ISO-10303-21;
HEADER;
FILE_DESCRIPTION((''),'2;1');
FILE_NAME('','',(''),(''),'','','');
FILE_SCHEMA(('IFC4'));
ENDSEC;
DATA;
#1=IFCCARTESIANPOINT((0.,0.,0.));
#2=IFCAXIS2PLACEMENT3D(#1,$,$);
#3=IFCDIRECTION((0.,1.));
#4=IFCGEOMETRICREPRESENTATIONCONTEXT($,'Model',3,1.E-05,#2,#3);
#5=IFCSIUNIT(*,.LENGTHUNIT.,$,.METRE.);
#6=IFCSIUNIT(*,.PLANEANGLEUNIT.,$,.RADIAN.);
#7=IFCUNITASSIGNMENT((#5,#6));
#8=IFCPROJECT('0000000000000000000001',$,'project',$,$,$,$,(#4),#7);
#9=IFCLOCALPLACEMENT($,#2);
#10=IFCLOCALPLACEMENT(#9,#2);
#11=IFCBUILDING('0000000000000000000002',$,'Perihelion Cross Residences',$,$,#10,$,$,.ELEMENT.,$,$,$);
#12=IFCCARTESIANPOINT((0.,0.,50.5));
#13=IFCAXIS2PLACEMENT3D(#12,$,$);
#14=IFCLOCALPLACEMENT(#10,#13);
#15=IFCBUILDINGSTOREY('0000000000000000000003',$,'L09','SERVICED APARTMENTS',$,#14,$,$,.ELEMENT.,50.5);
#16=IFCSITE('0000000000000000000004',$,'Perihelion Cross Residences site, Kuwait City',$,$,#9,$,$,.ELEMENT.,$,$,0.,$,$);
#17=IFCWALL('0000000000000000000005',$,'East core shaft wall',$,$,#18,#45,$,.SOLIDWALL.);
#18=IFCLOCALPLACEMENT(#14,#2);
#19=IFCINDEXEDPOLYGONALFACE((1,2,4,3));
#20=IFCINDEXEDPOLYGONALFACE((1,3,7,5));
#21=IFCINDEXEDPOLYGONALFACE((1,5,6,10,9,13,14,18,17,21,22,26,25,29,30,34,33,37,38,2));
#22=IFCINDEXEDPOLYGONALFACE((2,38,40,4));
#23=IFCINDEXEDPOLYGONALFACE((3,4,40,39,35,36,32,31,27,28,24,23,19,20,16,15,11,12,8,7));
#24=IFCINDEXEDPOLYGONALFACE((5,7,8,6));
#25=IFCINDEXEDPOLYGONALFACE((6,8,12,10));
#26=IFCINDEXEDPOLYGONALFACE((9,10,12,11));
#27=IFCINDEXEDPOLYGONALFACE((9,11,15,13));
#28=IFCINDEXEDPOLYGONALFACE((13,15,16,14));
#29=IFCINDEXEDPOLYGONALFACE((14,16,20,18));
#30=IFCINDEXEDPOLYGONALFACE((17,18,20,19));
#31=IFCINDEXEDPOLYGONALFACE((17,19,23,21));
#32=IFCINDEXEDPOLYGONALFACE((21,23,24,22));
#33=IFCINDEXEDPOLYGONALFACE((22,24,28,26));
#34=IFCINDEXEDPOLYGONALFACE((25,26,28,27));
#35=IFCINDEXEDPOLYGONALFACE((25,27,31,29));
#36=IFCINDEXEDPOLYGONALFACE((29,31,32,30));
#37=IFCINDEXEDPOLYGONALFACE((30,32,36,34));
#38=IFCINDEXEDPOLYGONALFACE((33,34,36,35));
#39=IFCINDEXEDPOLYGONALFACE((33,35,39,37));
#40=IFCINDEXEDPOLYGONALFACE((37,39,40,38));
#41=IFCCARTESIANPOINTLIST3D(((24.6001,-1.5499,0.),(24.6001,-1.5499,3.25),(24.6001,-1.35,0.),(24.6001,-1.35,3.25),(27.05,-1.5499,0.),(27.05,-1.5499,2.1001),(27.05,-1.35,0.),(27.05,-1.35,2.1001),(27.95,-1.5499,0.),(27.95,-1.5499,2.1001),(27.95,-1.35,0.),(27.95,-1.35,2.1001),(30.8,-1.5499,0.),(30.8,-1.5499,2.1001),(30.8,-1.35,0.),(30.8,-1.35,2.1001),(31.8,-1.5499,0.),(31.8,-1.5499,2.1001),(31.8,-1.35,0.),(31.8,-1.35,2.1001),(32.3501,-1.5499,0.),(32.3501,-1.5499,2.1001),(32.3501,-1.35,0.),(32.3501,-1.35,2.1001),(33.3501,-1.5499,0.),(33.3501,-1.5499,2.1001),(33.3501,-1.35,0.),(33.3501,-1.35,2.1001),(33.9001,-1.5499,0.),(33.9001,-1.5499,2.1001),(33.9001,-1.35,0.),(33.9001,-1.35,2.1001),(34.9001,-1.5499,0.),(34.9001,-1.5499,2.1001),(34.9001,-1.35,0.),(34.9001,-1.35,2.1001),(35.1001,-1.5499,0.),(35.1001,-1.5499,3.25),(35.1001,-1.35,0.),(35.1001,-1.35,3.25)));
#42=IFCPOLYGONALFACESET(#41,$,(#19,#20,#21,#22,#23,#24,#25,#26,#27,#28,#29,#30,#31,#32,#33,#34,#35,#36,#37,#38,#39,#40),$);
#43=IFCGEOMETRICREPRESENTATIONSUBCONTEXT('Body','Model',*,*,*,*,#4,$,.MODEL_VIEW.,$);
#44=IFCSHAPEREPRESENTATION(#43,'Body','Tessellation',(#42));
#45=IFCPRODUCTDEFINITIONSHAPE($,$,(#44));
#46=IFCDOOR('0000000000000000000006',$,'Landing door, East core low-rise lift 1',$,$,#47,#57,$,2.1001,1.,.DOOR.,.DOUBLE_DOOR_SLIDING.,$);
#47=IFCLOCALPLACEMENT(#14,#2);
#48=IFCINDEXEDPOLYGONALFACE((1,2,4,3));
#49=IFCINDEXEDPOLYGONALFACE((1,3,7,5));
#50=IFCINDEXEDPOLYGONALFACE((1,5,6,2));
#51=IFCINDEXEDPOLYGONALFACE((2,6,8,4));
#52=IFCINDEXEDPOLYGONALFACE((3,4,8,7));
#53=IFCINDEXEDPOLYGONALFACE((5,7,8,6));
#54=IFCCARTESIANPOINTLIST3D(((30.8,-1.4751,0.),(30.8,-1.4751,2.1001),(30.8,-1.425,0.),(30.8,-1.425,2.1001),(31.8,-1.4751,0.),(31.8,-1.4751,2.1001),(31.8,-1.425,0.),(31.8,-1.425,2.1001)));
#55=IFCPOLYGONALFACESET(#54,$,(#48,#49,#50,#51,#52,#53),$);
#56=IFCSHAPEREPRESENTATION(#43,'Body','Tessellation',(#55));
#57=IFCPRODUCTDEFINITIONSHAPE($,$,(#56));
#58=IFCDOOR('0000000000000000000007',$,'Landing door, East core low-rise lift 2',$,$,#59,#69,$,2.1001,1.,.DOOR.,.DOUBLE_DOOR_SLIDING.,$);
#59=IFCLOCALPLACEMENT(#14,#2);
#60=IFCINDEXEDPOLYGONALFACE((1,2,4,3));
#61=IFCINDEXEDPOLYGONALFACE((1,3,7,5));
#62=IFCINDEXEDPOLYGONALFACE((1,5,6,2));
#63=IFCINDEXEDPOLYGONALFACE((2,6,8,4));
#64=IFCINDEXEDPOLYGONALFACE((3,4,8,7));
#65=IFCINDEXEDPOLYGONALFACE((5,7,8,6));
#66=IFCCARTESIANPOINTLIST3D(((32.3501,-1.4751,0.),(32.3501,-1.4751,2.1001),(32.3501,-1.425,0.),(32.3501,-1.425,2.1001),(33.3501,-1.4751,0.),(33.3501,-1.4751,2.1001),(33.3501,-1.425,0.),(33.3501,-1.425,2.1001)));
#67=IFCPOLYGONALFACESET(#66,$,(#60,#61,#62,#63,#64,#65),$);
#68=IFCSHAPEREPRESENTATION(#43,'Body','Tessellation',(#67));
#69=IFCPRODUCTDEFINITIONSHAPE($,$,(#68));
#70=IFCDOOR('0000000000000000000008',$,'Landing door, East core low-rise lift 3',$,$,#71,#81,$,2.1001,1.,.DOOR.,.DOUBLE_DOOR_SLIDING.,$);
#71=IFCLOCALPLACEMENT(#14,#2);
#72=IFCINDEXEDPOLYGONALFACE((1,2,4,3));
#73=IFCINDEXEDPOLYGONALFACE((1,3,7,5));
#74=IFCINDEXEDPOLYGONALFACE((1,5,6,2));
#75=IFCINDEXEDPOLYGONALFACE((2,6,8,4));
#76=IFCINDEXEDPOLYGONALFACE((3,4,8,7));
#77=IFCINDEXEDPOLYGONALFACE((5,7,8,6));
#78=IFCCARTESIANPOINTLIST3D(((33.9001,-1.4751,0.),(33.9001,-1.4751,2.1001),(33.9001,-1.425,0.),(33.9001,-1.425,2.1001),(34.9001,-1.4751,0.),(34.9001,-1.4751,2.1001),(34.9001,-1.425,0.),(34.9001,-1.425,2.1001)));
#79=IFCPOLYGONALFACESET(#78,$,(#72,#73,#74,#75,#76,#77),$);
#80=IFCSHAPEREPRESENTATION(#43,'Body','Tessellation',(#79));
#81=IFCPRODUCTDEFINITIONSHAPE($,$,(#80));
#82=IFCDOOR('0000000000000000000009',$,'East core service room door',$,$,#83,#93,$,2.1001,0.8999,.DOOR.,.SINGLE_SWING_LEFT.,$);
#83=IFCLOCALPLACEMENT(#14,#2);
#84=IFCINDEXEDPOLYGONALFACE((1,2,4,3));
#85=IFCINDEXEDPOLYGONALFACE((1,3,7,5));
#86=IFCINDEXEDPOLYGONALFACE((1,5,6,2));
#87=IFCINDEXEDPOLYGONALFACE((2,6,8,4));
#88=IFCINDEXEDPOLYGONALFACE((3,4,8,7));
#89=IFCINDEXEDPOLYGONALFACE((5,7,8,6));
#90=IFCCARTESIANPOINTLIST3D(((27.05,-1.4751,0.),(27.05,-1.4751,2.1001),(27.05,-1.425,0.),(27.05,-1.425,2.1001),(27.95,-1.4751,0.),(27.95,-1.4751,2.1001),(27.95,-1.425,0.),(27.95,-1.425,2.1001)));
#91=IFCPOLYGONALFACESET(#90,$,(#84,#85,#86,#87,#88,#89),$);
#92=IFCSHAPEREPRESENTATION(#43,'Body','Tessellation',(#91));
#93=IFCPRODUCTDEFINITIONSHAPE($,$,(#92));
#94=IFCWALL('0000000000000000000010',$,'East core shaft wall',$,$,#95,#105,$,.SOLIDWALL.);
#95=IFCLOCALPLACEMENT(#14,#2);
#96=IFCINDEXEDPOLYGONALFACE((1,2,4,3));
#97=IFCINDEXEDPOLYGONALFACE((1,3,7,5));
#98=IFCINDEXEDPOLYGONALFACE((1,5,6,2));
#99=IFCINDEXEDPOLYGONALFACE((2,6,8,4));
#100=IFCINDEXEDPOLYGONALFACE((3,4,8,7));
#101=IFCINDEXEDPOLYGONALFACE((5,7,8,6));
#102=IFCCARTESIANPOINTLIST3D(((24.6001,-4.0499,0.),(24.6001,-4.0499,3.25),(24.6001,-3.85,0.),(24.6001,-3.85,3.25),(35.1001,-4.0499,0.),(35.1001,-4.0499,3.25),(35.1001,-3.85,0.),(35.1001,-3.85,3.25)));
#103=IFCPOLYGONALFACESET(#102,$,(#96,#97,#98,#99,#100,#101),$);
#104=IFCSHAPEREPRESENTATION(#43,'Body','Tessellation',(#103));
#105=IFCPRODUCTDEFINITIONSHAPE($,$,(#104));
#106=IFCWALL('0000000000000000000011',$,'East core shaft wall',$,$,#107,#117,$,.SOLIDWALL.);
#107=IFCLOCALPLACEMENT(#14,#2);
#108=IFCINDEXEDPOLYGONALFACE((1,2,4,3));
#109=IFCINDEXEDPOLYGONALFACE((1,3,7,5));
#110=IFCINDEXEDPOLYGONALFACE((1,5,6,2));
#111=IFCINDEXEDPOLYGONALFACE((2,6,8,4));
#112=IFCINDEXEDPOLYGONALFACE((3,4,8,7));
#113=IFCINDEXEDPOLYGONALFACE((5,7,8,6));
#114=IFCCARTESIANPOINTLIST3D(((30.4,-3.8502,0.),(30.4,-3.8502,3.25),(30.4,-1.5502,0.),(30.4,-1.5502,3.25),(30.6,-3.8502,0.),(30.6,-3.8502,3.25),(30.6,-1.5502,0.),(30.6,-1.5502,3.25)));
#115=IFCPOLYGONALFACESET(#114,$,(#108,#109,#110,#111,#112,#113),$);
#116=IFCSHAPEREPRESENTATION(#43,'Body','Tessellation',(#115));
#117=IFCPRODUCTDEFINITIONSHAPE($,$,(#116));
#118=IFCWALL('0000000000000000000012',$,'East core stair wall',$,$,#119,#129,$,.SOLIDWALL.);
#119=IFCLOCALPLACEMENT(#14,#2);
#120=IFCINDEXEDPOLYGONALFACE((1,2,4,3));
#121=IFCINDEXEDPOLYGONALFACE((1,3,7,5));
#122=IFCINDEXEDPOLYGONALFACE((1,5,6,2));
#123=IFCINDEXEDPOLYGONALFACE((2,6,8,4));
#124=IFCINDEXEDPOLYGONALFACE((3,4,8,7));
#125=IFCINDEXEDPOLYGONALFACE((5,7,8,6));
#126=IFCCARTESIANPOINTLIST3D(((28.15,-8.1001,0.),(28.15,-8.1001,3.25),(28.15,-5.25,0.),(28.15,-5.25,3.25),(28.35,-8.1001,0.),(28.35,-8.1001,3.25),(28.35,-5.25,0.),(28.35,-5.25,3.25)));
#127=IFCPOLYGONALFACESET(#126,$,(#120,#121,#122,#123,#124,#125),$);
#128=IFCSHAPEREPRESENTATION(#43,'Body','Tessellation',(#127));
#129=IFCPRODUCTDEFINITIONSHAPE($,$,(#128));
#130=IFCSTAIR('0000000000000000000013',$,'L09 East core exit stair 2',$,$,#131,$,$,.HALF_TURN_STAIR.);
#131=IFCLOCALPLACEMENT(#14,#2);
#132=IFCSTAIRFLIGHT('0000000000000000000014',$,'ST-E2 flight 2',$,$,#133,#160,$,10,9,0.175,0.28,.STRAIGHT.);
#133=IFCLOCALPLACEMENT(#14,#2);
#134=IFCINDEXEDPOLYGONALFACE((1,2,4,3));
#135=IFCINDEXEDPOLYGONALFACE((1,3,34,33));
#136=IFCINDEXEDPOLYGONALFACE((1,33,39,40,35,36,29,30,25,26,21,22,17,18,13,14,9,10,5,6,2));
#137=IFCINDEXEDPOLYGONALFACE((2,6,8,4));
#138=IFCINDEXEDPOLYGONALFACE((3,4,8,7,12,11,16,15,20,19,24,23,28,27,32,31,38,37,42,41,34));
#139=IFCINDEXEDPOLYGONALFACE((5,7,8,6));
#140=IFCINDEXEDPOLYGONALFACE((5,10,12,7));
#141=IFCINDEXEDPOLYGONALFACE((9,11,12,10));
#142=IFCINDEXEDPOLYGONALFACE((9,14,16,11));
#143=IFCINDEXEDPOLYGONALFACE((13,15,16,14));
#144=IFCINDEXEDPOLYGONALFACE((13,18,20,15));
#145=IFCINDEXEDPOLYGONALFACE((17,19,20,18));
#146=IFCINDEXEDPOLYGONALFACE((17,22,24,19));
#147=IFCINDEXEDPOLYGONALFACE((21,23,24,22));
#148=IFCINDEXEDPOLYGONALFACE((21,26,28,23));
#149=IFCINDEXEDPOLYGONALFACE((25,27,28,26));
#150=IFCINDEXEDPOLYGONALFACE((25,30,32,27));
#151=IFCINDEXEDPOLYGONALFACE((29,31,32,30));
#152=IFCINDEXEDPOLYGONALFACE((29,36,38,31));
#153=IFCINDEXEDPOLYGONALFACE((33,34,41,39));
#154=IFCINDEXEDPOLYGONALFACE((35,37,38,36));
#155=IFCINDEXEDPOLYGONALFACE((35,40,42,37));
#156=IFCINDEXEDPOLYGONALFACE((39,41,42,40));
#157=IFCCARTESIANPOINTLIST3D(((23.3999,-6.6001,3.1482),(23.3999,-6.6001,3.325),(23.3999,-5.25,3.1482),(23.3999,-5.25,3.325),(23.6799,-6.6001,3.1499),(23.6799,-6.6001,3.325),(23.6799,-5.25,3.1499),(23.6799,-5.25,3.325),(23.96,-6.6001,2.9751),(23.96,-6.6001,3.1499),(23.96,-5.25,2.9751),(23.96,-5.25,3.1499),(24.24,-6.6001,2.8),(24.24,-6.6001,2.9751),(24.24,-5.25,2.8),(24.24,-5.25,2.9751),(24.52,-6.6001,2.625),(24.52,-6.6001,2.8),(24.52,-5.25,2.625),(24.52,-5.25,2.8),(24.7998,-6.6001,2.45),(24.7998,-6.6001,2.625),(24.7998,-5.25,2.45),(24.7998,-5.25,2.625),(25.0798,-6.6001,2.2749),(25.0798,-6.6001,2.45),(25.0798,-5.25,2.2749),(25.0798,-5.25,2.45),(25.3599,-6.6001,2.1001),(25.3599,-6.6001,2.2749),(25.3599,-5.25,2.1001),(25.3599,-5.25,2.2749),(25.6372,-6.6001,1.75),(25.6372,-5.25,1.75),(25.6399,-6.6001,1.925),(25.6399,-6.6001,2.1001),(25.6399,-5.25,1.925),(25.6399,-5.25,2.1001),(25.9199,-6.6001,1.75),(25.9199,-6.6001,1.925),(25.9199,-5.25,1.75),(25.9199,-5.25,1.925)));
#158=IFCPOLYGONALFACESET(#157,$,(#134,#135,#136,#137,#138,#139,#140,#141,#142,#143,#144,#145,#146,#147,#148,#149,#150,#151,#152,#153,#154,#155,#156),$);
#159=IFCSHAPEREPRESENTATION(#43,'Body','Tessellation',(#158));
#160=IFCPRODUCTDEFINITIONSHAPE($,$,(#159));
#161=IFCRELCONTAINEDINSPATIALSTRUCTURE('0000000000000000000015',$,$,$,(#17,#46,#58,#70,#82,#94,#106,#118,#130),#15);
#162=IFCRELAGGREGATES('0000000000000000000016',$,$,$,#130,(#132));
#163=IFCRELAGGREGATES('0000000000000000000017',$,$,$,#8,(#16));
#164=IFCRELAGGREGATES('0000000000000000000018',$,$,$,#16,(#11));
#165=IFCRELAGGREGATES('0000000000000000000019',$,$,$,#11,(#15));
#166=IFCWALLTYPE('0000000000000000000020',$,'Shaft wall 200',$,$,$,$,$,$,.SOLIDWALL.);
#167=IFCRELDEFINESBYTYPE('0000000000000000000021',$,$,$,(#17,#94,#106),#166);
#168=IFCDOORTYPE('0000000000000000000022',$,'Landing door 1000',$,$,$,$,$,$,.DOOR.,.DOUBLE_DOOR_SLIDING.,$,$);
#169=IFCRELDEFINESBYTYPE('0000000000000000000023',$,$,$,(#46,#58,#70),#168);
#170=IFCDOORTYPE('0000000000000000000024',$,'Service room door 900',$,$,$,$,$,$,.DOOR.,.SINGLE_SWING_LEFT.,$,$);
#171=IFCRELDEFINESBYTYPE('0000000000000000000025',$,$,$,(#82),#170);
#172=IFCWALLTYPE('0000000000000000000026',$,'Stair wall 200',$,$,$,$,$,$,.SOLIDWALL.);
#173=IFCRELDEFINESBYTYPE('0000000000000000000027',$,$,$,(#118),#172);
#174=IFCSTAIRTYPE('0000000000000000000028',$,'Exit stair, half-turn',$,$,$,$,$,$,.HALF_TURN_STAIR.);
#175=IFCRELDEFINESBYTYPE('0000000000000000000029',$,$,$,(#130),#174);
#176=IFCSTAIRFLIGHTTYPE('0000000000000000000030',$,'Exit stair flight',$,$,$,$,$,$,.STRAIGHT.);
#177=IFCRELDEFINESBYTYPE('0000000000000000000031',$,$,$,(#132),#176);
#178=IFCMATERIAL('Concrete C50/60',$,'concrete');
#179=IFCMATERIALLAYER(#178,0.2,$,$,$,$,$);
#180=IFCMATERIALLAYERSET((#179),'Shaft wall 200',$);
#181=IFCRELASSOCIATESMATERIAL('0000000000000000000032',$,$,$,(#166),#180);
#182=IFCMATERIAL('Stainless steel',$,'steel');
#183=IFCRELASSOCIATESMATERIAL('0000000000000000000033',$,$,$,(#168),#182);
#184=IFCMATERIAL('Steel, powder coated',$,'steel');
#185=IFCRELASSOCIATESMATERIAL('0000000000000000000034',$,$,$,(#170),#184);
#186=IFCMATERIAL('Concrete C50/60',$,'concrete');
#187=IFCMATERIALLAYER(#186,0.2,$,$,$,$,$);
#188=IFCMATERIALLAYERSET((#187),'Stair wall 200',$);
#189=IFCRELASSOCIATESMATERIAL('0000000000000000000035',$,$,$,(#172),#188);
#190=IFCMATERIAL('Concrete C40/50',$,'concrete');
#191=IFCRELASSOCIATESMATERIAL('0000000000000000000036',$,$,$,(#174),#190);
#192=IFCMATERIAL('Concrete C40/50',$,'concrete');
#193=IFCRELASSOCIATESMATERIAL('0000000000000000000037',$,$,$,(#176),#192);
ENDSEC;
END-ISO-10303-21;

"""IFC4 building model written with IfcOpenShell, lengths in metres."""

from ifc_helpers import new_model, si_unit, direction, frame, frame_2d, origin, place, context, subcontext, project, spatial, polyline, rectangle, outline, extrude, material, layer, layer_set, type_object, element, fill, aggregate, save


model = new_model("IFC4")

# Units and contexts
model_context = context("Model", 3, precision=1e-05, world=origin(), true_north=direction((0.0, 1.0)))
body_context = subcontext(model_context, "Body", "Model", "MODEL_VIEW")
ifc_project = project(units=[si_unit("LENGTHUNIT", "METRE"), si_unit("PLANEANGLEUNIT", "RADIAN")], contexts=[model_context])

# Site, building, storey
site_placement = place(None, origin())
site = spatial("IfcSite", under=ifc_project, at=site_placement, Name="Perihelion Cross Residences site, Kuwait City", CompositionType="ELEMENT", RefElevation=0.0)
building_placement = place(site_placement, origin())
building = spatial("IfcBuilding", under=site, at=building_placement, Name="Perihelion Cross Residences", CompositionType="ELEMENT")
storey_placement = place(building_placement, frame((0.0, 0.0, 50.5)))
storey = spatial("IfcBuildingStorey", under=building, at=storey_placement, Name="L09", Description="SERVICED APARTMENTS", CompositionType="ELEMENT", Elevation=50.5)

# Wall, openings, doors
ifc_material_1 = material(Name="Concrete C50/60", Category="concrete")
ifc_layer_1 = layer(ifc_material_1, 0.2)
ifc_layer_set_1 = layer_set([ifc_layer_1], Name="Shaft wall 200")
wall_type_1 = type_object("IfcWallType", Name="Shaft wall 200", PredefinedType="SOLIDWALL", material=ifc_layer_set_1)
wall_1_placement = place(storey_placement, frame((24.6001, -1.45, 0.0), z_axis=(0.0, 0.0, 1.0), x_axis=(1.0, 0.0, 0.0)))
wall_1 = element("IfcWall", 1, at=wall_1_placement, inside=storey, type_object=wall_type_1, Name="East core shaft wall", PredefinedType="SOLIDWALL", context=body_context, shape_type="SweptSolid", body=[
    extrude(rectangle(XDim=10.5, YDim=0.2, at=frame_2d((5.25, 0.0))), origin(), (0.0, 0.0, 1.0), 3.25),
])
opening_1_placement = place(wall_1_placement, frame((6.2, 0.0, 0.0)))
opening_1 = element("IfcOpeningElement", 2, at=opening_1_placement, cuts=wall_1, PredefinedType="OPENING", context=body_context, shape_type="SweptSolid", body=[
    extrude(rectangle(XDim=1.0, YDim=2.1001, at=frame_2d((0.5, 1.05))), frame((0.0, 0.1099, 0.0), z_axis=(0.0, -1.0, 0.0), x_axis=(1.0, 0.0, 0.0)), (0.0, 0.0, 1.0), 0.22),
])
opening_2_placement = place(wall_1_placement, frame((7.75, 0.0, 0.0)))
opening_2 = element("IfcOpeningElement", 3, at=opening_2_placement, cuts=wall_1, PredefinedType="OPENING", context=body_context, shape_type="SweptSolid", body=[
    extrude(rectangle(XDim=1.0, YDim=2.1001, at=frame_2d((0.5, 1.05))), frame((0.0, 0.1099, 0.0), z_axis=(0.0, -1.0, 0.0), x_axis=(1.0, 0.0, 0.0)), (0.0, 0.0, 1.0), 0.22),
])
opening_3_placement = place(wall_1_placement, frame((9.3, 0.0, 0.0)))
opening_3 = element("IfcOpeningElement", 4, at=opening_3_placement, cuts=wall_1, PredefinedType="OPENING", context=body_context, shape_type="SweptSolid", body=[
    extrude(rectangle(XDim=1.0, YDim=2.1001, at=frame_2d((0.5, 1.05))), frame((0.0, 0.1099, 0.0), z_axis=(0.0, -1.0, 0.0), x_axis=(1.0, 0.0, 0.0)), (0.0, 0.0, 1.0), 0.22),
])
opening_4_placement = place(wall_1_placement, frame((2.45, 0.0, 0.0)))
opening_4 = element("IfcOpeningElement", 5, at=opening_4_placement, cuts=wall_1, PredefinedType="OPENING", context=body_context, shape_type="SweptSolid", body=[
    extrude(rectangle(XDim=0.8999, YDim=2.1001, at=frame_2d((0.45, 1.05))), frame((0.0, 0.1099, 0.0), z_axis=(0.0, -1.0, 0.0), x_axis=(1.0, 0.0, 0.0)), (0.0, 0.0, 1.0), 0.22),
])
ifc_material_2 = material(Name="Stainless steel", Category="steel")
door_type_1 = type_object("IfcDoorType", Name="Landing door 1000", OperationType="DOUBLE_DOOR_SLIDING", PredefinedType="DOOR", material=ifc_material_2)
door_1_placement = place(opening_1_placement, origin())
door_1 = element("IfcDoor", 6, at=door_1_placement, inside=storey, type_object=door_type_1, Name="Landing door, East core low-rise lift 1", OperationType="DOUBLE_DOOR_SLIDING", OverallHeight=2.1001, OverallWidth=1.0, PredefinedType="DOOR", context=body_context, shape_type="SweptSolid", body=[
    extrude(rectangle(XDim=1.0, YDim=2.1001, at=frame_2d((0.5, 1.05))), frame((0.0, 0.0249, 0.0), z_axis=(0.0, -1.0, 0.0), x_axis=(1.0, 0.0, 0.0)), (0.0, 0.0, 1.0), 0.05),
])
fill(opening_1, door_1)
door_2_placement = place(opening_2_placement, origin())
door_2 = element("IfcDoor", 7, at=door_2_placement, inside=storey, type_object=door_type_1, Name="Landing door, East core low-rise lift 2", OperationType="DOUBLE_DOOR_SLIDING", OverallHeight=2.1001, OverallWidth=1.0, PredefinedType="DOOR", context=body_context, shape_type="SweptSolid", body=[
    extrude(rectangle(XDim=1.0, YDim=2.1001, at=frame_2d((0.5, 1.05))), frame((0.0, 0.0249, 0.0), z_axis=(0.0, -1.0, 0.0), x_axis=(1.0, 0.0, 0.0)), (0.0, 0.0, 1.0), 0.05),
])
fill(opening_2, door_2)
door_3_placement = place(opening_3_placement, origin())
door_3 = element("IfcDoor", 8, at=door_3_placement, inside=storey, type_object=door_type_1, Name="Landing door, East core low-rise lift 3", OperationType="DOUBLE_DOOR_SLIDING", OverallHeight=2.1001, OverallWidth=1.0, PredefinedType="DOOR", context=body_context, shape_type="SweptSolid", body=[
    extrude(rectangle(XDim=1.0, YDim=2.1001, at=frame_2d((0.5, 1.05))), frame((0.0, 0.0249, 0.0), z_axis=(0.0, -1.0, 0.0), x_axis=(1.0, 0.0, 0.0)), (0.0, 0.0, 1.0), 0.05),
])
fill(opening_3, door_3)
ifc_material_3 = material(Name="Steel, powder coated", Category="steel")
door_type_2 = type_object("IfcDoorType", Name="Service room door 900", OperationType="SINGLE_SWING_LEFT", PredefinedType="DOOR", material=ifc_material_3)
door_4_placement = place(opening_4_placement, origin())
door_4 = element("IfcDoor", 9, at=door_4_placement, inside=storey, type_object=door_type_2, Name="East core service room door", OperationType="SINGLE_SWING_LEFT", OverallHeight=2.1001, OverallWidth=0.8999, PredefinedType="DOOR", context=body_context, shape_type="SweptSolid", body=[
    extrude(rectangle(XDim=0.8999, YDim=2.1001, at=frame_2d((0.45, 1.05))), frame((0.0, 0.0249, 0.0), z_axis=(0.0, -1.0, 0.0), x_axis=(1.0, 0.0, 0.0)), (0.0, 0.0, 1.0), 0.05),
])
fill(opening_4, door_4)

# Walls
wall_2_placement = place(storey_placement, frame((24.6001, -3.95, 0.0), z_axis=(0.0, 0.0, 1.0), x_axis=(1.0, 0.0, 0.0)))
element("IfcWall", 10, at=wall_2_placement, inside=storey, type_object=wall_type_1, Name="East core shaft wall", PredefinedType="SOLIDWALL", context=body_context, shape_type="SweptSolid", body=[
    extrude(rectangle(XDim=10.5, YDim=0.2, at=frame_2d((5.25, 0.0))), origin(), (0.0, 0.0, 1.0), 3.25),
])
wall_3_placement = place(storey_placement, frame((30.5, -3.8501, 0.0), z_axis=(0.0, 0.0, 1.0), x_axis=(0.0, 1.0, 0.0)))
element("IfcWall", 11, at=wall_3_placement, inside=storey, type_object=wall_type_1, Name="East core shaft wall", PredefinedType="SOLIDWALL", context=body_context, shape_type="SweptSolid", body=[
    extrude(rectangle(XDim=2.3, YDim=0.2, at=frame_2d((1.1499, 0.0))), origin(), (0.0, 0.0, 1.0), 3.25),
])
ifc_material_4 = material(Name="Concrete C50/60", Category="concrete")
ifc_layer_2 = layer(ifc_material_4, 0.2)
ifc_layer_set_2 = layer_set([ifc_layer_2], Name="Stair wall 200")
wall_type_2 = type_object("IfcWallType", Name="Stair wall 200", PredefinedType="SOLIDWALL", material=ifc_layer_set_2)
wall_4_placement = place(storey_placement, frame((28.25, -8.1001, 0.0), z_axis=(0.0, 0.0, 1.0), x_axis=(0.0, 1.0, 0.0)))
element("IfcWall", 12, at=wall_4_placement, inside=storey, type_object=wall_type_2, Name="East core stair wall", PredefinedType="SOLIDWALL", context=body_context, shape_type="SweptSolid", body=[
    extrude(rectangle(XDim=2.8501, YDim=0.2, at=frame_2d((1.425, 0.0))), origin(), (0.0, 0.0, 1.0), 3.25),
])

# Stair, stair flight
ifc_material_5 = material(Name="Concrete C40/50", Category="concrete")
stair_type = type_object("IfcStairType", Name="Exit stair, half-turn", PredefinedType="HALF_TURN_STAIR", material=ifc_material_5)
stair_placement = place(storey_placement, origin())
stair = element("IfcStair", 13, at=stair_placement, inside=storey, type_object=stair_type, Name="L09 East core exit stair 2", PredefinedType="HALF_TURN_STAIR")
ifc_material_6 = material(Name="Concrete C40/50", Category="concrete")
stair_flight_type = type_object("IfcStairFlightType", Name="Exit stair flight", PredefinedType="STRAIGHT", material=ifc_material_6)
stair_flight_placement = place(storey_placement, frame((25.9199, -5.925, 1.75), z_axis=(0.0, 0.0, 1.0), x_axis=(-1.0, 0.0, 0.0)))
stair_flight = element("IfcStairFlight", 14, at=stair_flight_placement, type_object=stair_flight_type, Name="ST-E2 flight 2", NumberOfRisers=10, NumberOfTreads=9, PredefinedType="STRAIGHT", RiserHeight=0.175, TreadLength=0.28, context=body_context, shape_type="SweptSolid", body=[
    extrude(outline(polyline([(0.0, 0.0), (0.0, 0.175), (0.28, 0.175), (0.28, 0.3501), (0.5601, 0.3501), (0.5601, 0.5249), (0.8401, 0.5249), (0.8401, 0.7), (1.1201, 0.7), (1.1201, 0.875), (1.3999, 0.875), (1.3999, 1.05), (1.6799, 1.05), (1.6799, 1.2251), (1.96, 1.2251), (1.96, 1.3999), (2.24, 1.3999), (2.24, 1.575), (2.52, 1.575), (2.52, 1.75), (2.52, 1.3982), (0.2827, 0.0), (0.0, 0.0)])), frame((0.0, 0.675, 0.0), z_axis=(0.0, -1.0, 0.0), x_axis=(1.0, 0.0, 0.0)), (0.0, 0.0, 1.0), 1.3501),
])
aggregate(stair, [stair_flight])

save(model, "model.ifc")
